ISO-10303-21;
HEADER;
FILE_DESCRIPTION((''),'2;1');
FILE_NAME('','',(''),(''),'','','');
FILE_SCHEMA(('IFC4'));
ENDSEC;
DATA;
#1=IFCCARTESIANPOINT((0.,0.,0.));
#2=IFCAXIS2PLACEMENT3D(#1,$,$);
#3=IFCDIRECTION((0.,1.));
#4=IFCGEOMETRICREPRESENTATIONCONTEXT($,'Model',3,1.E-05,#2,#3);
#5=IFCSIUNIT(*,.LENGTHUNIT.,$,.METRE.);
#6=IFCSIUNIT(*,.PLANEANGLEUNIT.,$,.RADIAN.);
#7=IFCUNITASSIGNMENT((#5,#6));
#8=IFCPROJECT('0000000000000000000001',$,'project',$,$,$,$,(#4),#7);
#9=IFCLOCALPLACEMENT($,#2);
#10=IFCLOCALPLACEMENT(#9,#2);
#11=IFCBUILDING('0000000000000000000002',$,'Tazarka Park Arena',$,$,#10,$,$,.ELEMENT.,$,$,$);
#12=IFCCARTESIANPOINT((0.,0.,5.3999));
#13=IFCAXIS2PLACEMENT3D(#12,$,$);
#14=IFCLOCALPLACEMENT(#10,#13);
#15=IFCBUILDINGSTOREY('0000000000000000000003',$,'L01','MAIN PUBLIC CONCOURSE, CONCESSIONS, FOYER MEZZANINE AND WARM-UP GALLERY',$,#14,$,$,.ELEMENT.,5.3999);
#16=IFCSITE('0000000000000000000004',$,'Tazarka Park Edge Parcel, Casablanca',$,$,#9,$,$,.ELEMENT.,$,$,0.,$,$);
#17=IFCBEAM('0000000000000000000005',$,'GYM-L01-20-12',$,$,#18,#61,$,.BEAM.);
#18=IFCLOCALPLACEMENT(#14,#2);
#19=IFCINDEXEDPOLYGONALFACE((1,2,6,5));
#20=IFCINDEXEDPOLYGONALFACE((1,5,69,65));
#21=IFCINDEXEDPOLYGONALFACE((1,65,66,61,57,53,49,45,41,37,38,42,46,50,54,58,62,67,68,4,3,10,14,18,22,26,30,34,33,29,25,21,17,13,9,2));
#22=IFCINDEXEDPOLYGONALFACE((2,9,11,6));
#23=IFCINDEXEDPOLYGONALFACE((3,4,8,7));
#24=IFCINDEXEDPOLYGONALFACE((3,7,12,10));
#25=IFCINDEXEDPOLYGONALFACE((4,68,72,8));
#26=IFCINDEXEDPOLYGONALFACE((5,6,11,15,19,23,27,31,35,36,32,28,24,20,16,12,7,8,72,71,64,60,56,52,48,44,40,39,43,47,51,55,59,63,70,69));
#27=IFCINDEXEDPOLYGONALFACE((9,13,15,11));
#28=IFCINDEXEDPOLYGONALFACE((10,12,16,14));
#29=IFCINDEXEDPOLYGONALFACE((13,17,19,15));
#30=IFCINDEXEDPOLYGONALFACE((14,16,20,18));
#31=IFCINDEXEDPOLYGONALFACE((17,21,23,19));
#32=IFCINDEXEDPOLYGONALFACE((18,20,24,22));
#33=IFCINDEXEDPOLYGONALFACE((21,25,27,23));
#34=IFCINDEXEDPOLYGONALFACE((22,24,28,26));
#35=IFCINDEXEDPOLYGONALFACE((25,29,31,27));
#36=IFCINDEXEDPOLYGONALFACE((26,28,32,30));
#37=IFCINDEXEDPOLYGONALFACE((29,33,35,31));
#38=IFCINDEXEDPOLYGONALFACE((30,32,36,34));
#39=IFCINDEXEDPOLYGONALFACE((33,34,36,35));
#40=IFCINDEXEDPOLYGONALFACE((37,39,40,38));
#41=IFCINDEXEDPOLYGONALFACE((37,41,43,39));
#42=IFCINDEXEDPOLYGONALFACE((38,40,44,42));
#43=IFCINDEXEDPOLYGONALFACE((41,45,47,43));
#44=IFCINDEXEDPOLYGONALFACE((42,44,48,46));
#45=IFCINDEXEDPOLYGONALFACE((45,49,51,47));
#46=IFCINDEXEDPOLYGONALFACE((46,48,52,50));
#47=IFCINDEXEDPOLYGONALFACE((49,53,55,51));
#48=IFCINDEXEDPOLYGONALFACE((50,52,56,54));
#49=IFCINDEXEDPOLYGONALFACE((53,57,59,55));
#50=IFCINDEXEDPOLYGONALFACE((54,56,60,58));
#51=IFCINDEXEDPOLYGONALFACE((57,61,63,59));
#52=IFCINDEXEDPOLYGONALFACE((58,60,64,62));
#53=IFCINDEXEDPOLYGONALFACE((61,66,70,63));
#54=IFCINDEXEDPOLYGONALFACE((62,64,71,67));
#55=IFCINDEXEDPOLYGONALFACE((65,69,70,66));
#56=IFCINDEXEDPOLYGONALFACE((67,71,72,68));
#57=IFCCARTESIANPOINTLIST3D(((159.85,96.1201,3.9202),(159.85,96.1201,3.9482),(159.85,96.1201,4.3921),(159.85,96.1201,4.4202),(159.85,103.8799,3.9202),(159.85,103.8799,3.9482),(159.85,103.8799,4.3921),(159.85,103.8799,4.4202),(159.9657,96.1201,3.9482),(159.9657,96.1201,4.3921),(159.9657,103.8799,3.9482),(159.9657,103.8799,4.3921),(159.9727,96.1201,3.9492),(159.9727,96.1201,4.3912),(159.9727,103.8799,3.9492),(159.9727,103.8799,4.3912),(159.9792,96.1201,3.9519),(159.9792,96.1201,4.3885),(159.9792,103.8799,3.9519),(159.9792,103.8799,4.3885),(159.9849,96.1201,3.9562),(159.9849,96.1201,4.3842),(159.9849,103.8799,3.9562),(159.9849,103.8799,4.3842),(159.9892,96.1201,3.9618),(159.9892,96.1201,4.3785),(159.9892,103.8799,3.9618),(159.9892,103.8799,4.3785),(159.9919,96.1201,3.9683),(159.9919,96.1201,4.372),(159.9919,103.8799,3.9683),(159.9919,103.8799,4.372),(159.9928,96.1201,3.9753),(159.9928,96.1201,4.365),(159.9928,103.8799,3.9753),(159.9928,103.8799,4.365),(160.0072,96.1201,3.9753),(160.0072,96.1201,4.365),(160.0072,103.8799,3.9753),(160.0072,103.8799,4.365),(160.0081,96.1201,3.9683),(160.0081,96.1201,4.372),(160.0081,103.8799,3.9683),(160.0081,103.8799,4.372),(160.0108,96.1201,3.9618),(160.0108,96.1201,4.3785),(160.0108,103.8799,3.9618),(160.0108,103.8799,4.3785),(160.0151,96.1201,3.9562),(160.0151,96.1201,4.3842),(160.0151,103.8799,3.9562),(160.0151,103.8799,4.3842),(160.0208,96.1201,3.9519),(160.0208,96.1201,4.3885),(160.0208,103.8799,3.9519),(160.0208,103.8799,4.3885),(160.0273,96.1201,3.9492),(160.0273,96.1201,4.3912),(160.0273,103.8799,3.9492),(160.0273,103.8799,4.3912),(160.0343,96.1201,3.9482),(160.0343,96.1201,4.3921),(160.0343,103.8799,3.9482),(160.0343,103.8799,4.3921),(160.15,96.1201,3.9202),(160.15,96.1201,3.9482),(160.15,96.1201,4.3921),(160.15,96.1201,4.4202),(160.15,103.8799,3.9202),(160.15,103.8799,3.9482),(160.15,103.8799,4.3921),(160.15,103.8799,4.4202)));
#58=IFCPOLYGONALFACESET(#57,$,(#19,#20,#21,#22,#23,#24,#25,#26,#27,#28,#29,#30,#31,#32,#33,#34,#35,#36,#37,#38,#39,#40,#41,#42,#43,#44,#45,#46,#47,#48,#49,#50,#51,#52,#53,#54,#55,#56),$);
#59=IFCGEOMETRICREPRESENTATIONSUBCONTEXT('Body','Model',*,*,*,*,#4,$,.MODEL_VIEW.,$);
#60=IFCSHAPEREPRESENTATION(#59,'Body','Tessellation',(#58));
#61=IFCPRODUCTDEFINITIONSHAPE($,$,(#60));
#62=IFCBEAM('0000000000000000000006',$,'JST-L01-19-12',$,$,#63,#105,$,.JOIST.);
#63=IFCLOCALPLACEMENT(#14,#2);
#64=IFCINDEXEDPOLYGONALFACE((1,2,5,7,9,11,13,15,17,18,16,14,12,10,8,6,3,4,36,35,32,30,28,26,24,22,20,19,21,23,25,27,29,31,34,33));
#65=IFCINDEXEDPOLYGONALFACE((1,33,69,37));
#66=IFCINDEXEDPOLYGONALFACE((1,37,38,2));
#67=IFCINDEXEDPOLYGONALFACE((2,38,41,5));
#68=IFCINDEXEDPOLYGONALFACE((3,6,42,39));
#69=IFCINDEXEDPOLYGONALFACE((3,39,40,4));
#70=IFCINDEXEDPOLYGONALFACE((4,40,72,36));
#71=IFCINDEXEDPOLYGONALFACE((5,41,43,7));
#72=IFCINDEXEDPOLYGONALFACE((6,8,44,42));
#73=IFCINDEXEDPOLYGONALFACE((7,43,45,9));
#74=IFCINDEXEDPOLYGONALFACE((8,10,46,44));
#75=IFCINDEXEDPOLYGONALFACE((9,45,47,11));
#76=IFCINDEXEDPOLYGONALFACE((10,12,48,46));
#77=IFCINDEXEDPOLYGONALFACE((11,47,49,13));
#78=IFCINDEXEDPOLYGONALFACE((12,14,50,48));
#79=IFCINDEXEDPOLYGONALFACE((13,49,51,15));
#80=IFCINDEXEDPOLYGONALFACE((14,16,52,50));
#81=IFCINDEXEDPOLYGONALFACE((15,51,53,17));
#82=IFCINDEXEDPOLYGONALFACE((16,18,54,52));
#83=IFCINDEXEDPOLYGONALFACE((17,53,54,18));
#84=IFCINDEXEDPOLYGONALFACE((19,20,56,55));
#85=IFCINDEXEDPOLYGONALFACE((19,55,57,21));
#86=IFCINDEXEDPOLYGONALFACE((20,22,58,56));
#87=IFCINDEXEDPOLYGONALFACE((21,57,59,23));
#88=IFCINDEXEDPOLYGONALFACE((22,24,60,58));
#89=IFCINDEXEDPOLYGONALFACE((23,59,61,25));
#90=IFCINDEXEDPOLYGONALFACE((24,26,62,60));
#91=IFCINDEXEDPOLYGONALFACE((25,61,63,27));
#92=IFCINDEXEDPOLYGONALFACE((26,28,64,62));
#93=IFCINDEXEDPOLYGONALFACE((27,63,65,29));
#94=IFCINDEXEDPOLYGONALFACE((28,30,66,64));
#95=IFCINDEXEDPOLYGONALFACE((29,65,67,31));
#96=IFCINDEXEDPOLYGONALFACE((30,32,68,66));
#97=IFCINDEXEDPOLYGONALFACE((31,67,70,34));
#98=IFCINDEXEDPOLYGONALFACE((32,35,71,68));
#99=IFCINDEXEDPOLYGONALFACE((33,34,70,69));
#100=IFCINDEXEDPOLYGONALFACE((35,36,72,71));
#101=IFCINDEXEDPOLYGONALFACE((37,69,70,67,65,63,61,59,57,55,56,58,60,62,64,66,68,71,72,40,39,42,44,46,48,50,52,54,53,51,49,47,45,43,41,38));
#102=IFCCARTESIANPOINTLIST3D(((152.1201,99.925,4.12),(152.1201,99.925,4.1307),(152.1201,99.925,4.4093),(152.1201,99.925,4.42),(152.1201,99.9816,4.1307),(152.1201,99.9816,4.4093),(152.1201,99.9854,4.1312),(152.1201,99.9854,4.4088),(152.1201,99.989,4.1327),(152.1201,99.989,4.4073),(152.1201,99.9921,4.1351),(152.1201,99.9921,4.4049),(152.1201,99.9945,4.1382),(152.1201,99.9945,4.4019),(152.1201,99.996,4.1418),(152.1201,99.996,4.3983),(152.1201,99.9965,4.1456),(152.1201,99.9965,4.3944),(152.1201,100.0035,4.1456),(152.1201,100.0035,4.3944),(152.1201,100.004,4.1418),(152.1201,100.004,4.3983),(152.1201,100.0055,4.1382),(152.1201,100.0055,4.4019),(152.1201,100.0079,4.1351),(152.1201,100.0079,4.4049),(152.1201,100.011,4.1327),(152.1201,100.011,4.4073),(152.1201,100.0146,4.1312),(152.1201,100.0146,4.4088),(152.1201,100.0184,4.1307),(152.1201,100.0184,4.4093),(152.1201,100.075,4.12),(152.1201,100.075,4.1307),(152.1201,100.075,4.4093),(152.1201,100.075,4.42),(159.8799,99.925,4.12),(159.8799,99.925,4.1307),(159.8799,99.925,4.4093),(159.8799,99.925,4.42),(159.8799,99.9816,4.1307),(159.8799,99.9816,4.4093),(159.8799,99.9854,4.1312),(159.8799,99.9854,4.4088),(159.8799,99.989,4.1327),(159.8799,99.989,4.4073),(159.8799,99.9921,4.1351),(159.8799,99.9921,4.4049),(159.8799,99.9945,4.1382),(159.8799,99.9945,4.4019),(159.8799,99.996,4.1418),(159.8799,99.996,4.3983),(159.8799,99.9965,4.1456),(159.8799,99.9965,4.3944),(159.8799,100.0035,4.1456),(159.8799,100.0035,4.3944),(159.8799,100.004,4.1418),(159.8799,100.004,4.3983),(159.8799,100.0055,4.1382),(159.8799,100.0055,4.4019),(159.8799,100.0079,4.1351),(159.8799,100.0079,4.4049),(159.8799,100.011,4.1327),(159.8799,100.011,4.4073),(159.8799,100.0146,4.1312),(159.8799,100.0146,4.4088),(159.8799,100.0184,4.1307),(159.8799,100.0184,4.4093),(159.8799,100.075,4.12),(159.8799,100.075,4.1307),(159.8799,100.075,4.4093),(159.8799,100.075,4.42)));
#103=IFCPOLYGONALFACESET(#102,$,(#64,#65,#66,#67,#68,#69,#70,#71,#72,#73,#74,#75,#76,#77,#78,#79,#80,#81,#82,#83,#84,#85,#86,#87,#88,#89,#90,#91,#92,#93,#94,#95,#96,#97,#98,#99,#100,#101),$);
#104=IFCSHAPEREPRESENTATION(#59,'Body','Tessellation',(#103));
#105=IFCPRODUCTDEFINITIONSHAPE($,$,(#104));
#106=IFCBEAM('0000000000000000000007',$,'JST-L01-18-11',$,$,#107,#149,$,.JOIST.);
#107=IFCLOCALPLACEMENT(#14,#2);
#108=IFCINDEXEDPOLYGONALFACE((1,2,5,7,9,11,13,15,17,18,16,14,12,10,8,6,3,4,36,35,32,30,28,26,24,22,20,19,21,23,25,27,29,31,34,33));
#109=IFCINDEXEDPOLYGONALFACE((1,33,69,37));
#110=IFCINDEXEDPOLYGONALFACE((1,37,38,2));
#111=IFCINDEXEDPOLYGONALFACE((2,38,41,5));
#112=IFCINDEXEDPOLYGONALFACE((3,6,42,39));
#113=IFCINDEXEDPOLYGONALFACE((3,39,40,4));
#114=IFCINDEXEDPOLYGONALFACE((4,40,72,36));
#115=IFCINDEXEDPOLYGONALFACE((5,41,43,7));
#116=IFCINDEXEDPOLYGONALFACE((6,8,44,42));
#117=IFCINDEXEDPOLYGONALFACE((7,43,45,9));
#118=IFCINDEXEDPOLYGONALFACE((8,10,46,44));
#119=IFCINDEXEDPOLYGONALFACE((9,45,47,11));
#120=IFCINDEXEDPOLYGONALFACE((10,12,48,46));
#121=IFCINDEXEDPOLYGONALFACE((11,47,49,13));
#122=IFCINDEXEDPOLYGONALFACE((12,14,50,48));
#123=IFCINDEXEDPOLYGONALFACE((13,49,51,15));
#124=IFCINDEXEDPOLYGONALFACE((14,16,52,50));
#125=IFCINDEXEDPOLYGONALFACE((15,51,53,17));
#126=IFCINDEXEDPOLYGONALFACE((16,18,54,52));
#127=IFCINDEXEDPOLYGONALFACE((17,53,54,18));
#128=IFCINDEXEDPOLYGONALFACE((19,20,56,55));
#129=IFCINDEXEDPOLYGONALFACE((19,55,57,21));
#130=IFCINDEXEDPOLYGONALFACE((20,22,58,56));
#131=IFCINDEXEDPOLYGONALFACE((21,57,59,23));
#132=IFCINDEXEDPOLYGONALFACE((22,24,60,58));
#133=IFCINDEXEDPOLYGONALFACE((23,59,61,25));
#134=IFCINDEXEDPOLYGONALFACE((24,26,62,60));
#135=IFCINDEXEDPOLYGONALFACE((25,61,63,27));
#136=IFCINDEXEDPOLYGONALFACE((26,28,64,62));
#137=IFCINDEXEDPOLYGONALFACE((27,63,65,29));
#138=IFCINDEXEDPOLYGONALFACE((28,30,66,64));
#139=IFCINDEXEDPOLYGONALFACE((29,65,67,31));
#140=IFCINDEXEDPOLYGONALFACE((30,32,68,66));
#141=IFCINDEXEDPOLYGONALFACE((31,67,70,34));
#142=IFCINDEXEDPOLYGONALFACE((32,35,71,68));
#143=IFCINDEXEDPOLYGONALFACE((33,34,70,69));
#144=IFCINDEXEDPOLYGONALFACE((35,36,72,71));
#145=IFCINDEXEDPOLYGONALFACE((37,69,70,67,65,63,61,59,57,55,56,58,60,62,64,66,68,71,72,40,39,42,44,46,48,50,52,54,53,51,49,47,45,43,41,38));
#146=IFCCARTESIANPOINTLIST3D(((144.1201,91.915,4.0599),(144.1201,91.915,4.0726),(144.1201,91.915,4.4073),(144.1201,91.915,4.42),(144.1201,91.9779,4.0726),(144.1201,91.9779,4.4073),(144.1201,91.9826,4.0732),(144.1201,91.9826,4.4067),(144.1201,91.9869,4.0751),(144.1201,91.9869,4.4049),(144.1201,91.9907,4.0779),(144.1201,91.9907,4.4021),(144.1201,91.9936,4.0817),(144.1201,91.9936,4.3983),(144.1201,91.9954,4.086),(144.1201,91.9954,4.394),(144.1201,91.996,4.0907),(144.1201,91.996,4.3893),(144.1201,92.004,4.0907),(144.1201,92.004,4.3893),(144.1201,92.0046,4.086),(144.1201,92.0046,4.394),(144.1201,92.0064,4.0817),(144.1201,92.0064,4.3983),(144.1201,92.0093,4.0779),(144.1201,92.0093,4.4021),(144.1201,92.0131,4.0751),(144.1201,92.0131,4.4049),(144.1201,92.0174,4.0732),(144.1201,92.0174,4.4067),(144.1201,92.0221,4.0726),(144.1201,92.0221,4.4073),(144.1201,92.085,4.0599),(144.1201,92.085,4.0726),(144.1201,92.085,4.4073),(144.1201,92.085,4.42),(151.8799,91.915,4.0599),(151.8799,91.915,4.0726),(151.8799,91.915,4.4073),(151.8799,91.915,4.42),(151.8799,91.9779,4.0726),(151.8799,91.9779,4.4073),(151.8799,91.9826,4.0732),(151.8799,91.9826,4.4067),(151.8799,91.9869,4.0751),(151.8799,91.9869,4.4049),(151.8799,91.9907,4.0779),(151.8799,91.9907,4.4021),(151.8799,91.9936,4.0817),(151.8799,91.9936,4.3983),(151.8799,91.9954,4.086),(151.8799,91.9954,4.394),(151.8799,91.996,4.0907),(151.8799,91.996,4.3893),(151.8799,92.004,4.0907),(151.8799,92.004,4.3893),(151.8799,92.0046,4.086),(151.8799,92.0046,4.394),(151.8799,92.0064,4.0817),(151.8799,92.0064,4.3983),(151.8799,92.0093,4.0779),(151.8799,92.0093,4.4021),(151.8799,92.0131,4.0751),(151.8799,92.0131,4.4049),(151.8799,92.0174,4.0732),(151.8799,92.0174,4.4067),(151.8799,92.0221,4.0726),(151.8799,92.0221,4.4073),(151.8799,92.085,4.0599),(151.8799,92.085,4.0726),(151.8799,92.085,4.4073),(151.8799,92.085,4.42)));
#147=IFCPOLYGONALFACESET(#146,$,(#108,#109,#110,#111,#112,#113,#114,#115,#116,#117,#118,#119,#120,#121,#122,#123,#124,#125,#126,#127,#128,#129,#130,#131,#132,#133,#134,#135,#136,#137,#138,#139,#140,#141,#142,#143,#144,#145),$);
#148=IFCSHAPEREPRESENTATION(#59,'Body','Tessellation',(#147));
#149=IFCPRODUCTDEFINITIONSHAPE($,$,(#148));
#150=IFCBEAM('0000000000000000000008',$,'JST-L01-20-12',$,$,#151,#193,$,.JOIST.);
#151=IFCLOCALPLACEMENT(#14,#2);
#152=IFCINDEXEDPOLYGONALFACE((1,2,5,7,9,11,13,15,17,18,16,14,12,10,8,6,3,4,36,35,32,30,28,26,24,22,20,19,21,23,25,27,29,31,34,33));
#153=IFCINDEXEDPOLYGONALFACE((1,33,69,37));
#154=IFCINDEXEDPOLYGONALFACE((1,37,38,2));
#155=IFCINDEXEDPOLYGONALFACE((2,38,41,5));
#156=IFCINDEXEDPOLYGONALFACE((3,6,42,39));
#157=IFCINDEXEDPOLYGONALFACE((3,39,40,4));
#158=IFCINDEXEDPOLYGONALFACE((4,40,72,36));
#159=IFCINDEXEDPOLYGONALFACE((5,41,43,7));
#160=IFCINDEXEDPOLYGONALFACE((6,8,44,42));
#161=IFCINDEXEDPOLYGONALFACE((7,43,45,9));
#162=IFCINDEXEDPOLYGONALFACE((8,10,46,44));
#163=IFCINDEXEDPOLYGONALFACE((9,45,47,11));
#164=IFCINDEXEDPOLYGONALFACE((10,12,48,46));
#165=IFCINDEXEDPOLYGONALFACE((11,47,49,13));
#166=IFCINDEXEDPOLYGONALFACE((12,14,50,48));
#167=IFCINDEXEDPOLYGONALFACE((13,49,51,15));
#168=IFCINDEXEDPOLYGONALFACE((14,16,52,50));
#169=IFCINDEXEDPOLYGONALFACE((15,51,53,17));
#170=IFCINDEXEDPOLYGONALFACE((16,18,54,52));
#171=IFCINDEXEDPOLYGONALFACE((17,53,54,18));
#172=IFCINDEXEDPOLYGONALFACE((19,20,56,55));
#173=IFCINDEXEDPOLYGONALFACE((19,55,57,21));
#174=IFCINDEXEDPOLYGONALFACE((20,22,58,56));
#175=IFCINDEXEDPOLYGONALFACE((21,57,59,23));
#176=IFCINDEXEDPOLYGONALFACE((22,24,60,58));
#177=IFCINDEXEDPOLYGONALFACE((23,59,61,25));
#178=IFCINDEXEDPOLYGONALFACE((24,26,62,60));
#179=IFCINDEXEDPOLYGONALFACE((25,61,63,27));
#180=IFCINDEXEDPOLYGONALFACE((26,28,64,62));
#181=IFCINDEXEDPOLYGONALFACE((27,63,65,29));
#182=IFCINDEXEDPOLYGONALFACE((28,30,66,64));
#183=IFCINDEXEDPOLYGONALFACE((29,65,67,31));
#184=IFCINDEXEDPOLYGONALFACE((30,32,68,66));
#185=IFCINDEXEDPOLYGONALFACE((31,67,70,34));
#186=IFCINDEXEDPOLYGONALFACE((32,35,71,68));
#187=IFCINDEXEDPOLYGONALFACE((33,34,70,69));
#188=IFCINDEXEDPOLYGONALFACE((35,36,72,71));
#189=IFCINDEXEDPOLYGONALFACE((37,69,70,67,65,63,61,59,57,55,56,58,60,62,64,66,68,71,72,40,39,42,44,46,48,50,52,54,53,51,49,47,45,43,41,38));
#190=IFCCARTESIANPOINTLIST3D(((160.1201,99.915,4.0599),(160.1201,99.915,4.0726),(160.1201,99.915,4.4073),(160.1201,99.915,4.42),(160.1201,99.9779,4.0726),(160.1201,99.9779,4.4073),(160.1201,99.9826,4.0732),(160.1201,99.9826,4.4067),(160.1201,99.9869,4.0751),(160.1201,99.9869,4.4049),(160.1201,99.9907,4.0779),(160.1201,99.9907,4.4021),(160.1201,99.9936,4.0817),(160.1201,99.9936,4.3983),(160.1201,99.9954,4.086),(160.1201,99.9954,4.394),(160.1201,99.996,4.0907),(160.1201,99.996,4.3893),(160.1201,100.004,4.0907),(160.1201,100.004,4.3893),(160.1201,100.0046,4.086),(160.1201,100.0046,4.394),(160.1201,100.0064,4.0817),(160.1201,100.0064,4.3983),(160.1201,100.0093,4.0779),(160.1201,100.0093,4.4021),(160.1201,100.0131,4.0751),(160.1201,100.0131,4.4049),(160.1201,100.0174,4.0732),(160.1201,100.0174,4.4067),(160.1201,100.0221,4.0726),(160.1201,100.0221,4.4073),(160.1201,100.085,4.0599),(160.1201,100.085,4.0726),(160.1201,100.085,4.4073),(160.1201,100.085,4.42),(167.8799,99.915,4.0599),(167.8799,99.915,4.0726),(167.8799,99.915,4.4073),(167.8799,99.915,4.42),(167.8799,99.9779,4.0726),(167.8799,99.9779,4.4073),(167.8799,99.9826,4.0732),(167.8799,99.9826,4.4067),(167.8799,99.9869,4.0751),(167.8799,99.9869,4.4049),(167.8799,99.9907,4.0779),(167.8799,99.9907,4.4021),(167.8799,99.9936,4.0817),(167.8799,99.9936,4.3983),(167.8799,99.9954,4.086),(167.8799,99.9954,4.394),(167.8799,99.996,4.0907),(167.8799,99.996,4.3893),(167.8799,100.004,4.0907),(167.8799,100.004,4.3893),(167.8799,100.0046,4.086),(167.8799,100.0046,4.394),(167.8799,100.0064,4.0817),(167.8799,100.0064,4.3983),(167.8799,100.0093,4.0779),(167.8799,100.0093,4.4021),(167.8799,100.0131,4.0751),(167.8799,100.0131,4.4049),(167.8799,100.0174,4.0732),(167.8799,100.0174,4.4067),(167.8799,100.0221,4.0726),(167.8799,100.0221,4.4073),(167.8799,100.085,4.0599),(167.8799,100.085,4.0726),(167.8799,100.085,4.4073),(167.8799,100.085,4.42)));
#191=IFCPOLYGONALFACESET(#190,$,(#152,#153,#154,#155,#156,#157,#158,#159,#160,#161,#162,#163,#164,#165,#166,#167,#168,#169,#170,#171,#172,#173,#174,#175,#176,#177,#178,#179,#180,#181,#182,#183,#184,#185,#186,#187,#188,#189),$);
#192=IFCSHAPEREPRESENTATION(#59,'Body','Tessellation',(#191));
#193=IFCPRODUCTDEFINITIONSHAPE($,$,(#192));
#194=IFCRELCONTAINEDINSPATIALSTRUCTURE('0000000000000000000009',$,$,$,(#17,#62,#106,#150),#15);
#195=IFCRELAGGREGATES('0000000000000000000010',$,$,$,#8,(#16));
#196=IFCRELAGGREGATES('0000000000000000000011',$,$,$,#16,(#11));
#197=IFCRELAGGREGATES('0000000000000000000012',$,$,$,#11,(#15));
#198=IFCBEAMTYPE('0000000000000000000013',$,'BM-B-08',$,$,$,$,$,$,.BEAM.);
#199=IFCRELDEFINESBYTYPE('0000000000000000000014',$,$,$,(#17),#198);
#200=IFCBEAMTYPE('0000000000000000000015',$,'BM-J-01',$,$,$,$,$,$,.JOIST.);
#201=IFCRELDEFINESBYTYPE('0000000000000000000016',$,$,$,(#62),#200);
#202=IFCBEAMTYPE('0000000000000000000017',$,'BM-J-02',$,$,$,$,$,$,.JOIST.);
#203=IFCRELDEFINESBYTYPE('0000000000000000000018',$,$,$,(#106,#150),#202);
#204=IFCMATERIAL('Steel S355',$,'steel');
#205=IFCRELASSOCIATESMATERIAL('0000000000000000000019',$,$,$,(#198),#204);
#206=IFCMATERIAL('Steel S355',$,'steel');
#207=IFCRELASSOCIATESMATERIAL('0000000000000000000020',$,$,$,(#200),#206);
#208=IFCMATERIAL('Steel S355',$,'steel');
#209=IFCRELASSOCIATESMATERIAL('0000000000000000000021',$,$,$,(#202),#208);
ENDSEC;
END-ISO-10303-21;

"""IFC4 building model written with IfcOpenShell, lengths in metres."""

from ifc_helpers import new_model, si_unit, direction, frame, origin, origin_2d, place, context, subcontext, project, spatial, i_section, extrude, material, material_profile, profile_set, type_object, element, save


model = new_model("IFC4")

# Units and contexts
model_context = context("Model", 3, precision=1e-05, world=origin(), true_north=direction((0.0, 1.0)))
body_context = subcontext(model_context, "Body", "Model", "MODEL_VIEW")
ifc_project = project(units=[si_unit("LENGTHUNIT", "METRE"), si_unit("PLANEANGLEUNIT", "RADIAN")], contexts=[model_context])

# Site, building, storey
site_placement = place(None, origin())
site = spatial("IfcSite", under=ifc_project, at=site_placement, Name="Tazarka Park Edge Parcel, Casablanca", CompositionType="ELEMENT", RefElevation=0.0)
building_placement = place(site_placement, origin())
building = spatial("IfcBuilding", under=site, at=building_placement, Name="Tazarka Park Arena", CompositionType="ELEMENT")
storey_placement = place(building_placement, frame((0.0, 0.0, 5.3999)))
storey = spatial("IfcBuildingStorey", under=building, at=storey_placement, Name="L01", Description="MAIN PUBLIC CONCOURSE, CONCESSIONS, FOYER MEZZANINE AND WARM-UP GALLERY", CompositionType="ELEMENT", Elevation=5.3999)

# Beams
ifc_material_1 = material(Name="Steel S355", Category="steel")
ifc_material_profile_1 = material_profile(ifc_material_1, i_section(OverallWidth=0.3, OverallDepth=0.5, WebThickness=0.0144, FlangeThickness=0.0281, FilletRadius=0.0271, at=origin_2d()), Name="Steel S355")
ifc_profile_set_1 = profile_set([ifc_material_profile_1], Name="Steel S355")
beam_type_1 = type_object("IfcBeamType", Name="BM-B-08", PredefinedType="BEAM", material=ifc_profile_set_1)
for number, where, z_axis, x_axis, name in (
    (1, (160.0, 96.1201, 4.1702), (0.0, 1.0, 0.0), (-1.0, 0.0, 0.0), "GYM-L01-20-12"),
):
    element("IfcBeam", number, at=place(storey_placement, frame(where, z_axis=z_axis, x_axis=x_axis)), inside=storey, type_object=beam_type_1, Name=name, PredefinedType="BEAM", context=body_context, shape_type="SweptSolid", body=[
        extrude(i_section(OverallWidth=0.3, OverallDepth=0.5, WebThickness=0.0144, FlangeThickness=0.0281, FilletRadius=0.0271, at=origin_2d()), origin(), (0.0, 0.0, 1.0), 7.7598),
    ])
ifc_material_2 = material(Name="Steel S355", Category="steel")
ifc_material_profile_2 = material_profile(ifc_material_2, i_section(OverallWidth=0.1499, OverallDepth=0.3, WebThickness=0.0071, FlangeThickness=0.0107, FilletRadius=0.0149, at=origin_2d()), Name="Steel S355")
ifc_profile_set_2 = profile_set([ifc_material_profile_2], Name="Steel S355")
beam_type_2 = type_object("IfcBeamType", Name="BM-J-01", PredefinedType="JOIST", material=ifc_profile_set_2)
beam_1_placement = place(storey_placement, frame((152.1201, 100.0, 4.27), z_axis=(1.0, 0.0, 0.0), x_axis=(0.0, 1.0, 0.0)))
element("IfcBeam", 2, at=beam_1_placement, inside=storey, type_object=beam_type_2, Name="JST-L01-19-12", PredefinedType="JOIST", context=body_context, shape_type="SweptSolid", body=[
    extrude(i_section(OverallWidth=0.1499, OverallDepth=0.3, WebThickness=0.0071, FlangeThickness=0.0107, FilletRadius=0.0149, at=origin_2d()), origin(), (0.0, 0.0, 1.0), 7.7598),
])
ifc_material_3 = material(Name="Steel S355", Category="steel")
ifc_material_profile_3 = material_profile(ifc_material_3, i_section(OverallWidth=0.1699, OverallDepth=0.3601, WebThickness=0.0081, FlangeThickness=0.0127, FilletRadius=0.0181, at=origin_2d()), Name="Steel S355")
ifc_profile_set_3 = profile_set([ifc_material_profile_3], Name="Steel S355")
beam_type_3 = type_object("IfcBeamType", Name="BM-J-02", PredefinedType="JOIST", material=ifc_profile_set_3)
for number, where, z_axis, x_axis, name in (
    (3, (144.1201, 92.0, 4.24), (1.0, 0.0, 0.0), (0.0, 1.0, 0.0), "JST-L01-18-11"),
    (4, (160.1201, 100.0, 4.24), (1.0, 0.0, 0.0), (0.0, 1.0, 0.0), "JST-L01-20-12"),
):
    element("IfcBeam", number, at=place(storey_placement, frame(where, z_axis=z_axis, x_axis=x_axis)), inside=storey, type_object=beam_type_3, Name=name, PredefinedType="JOIST", context=body_context, shape_type="SweptSolid", body=[
        extrude(i_section(OverallWidth=0.1699, OverallDepth=0.3601, WebThickness=0.0081, FlangeThickness=0.0127, FilletRadius=0.0181, at=origin_2d()), origin(), (0.0, 0.0, 1.0), 7.7598),
    ])

save(model, "model.ifc")
